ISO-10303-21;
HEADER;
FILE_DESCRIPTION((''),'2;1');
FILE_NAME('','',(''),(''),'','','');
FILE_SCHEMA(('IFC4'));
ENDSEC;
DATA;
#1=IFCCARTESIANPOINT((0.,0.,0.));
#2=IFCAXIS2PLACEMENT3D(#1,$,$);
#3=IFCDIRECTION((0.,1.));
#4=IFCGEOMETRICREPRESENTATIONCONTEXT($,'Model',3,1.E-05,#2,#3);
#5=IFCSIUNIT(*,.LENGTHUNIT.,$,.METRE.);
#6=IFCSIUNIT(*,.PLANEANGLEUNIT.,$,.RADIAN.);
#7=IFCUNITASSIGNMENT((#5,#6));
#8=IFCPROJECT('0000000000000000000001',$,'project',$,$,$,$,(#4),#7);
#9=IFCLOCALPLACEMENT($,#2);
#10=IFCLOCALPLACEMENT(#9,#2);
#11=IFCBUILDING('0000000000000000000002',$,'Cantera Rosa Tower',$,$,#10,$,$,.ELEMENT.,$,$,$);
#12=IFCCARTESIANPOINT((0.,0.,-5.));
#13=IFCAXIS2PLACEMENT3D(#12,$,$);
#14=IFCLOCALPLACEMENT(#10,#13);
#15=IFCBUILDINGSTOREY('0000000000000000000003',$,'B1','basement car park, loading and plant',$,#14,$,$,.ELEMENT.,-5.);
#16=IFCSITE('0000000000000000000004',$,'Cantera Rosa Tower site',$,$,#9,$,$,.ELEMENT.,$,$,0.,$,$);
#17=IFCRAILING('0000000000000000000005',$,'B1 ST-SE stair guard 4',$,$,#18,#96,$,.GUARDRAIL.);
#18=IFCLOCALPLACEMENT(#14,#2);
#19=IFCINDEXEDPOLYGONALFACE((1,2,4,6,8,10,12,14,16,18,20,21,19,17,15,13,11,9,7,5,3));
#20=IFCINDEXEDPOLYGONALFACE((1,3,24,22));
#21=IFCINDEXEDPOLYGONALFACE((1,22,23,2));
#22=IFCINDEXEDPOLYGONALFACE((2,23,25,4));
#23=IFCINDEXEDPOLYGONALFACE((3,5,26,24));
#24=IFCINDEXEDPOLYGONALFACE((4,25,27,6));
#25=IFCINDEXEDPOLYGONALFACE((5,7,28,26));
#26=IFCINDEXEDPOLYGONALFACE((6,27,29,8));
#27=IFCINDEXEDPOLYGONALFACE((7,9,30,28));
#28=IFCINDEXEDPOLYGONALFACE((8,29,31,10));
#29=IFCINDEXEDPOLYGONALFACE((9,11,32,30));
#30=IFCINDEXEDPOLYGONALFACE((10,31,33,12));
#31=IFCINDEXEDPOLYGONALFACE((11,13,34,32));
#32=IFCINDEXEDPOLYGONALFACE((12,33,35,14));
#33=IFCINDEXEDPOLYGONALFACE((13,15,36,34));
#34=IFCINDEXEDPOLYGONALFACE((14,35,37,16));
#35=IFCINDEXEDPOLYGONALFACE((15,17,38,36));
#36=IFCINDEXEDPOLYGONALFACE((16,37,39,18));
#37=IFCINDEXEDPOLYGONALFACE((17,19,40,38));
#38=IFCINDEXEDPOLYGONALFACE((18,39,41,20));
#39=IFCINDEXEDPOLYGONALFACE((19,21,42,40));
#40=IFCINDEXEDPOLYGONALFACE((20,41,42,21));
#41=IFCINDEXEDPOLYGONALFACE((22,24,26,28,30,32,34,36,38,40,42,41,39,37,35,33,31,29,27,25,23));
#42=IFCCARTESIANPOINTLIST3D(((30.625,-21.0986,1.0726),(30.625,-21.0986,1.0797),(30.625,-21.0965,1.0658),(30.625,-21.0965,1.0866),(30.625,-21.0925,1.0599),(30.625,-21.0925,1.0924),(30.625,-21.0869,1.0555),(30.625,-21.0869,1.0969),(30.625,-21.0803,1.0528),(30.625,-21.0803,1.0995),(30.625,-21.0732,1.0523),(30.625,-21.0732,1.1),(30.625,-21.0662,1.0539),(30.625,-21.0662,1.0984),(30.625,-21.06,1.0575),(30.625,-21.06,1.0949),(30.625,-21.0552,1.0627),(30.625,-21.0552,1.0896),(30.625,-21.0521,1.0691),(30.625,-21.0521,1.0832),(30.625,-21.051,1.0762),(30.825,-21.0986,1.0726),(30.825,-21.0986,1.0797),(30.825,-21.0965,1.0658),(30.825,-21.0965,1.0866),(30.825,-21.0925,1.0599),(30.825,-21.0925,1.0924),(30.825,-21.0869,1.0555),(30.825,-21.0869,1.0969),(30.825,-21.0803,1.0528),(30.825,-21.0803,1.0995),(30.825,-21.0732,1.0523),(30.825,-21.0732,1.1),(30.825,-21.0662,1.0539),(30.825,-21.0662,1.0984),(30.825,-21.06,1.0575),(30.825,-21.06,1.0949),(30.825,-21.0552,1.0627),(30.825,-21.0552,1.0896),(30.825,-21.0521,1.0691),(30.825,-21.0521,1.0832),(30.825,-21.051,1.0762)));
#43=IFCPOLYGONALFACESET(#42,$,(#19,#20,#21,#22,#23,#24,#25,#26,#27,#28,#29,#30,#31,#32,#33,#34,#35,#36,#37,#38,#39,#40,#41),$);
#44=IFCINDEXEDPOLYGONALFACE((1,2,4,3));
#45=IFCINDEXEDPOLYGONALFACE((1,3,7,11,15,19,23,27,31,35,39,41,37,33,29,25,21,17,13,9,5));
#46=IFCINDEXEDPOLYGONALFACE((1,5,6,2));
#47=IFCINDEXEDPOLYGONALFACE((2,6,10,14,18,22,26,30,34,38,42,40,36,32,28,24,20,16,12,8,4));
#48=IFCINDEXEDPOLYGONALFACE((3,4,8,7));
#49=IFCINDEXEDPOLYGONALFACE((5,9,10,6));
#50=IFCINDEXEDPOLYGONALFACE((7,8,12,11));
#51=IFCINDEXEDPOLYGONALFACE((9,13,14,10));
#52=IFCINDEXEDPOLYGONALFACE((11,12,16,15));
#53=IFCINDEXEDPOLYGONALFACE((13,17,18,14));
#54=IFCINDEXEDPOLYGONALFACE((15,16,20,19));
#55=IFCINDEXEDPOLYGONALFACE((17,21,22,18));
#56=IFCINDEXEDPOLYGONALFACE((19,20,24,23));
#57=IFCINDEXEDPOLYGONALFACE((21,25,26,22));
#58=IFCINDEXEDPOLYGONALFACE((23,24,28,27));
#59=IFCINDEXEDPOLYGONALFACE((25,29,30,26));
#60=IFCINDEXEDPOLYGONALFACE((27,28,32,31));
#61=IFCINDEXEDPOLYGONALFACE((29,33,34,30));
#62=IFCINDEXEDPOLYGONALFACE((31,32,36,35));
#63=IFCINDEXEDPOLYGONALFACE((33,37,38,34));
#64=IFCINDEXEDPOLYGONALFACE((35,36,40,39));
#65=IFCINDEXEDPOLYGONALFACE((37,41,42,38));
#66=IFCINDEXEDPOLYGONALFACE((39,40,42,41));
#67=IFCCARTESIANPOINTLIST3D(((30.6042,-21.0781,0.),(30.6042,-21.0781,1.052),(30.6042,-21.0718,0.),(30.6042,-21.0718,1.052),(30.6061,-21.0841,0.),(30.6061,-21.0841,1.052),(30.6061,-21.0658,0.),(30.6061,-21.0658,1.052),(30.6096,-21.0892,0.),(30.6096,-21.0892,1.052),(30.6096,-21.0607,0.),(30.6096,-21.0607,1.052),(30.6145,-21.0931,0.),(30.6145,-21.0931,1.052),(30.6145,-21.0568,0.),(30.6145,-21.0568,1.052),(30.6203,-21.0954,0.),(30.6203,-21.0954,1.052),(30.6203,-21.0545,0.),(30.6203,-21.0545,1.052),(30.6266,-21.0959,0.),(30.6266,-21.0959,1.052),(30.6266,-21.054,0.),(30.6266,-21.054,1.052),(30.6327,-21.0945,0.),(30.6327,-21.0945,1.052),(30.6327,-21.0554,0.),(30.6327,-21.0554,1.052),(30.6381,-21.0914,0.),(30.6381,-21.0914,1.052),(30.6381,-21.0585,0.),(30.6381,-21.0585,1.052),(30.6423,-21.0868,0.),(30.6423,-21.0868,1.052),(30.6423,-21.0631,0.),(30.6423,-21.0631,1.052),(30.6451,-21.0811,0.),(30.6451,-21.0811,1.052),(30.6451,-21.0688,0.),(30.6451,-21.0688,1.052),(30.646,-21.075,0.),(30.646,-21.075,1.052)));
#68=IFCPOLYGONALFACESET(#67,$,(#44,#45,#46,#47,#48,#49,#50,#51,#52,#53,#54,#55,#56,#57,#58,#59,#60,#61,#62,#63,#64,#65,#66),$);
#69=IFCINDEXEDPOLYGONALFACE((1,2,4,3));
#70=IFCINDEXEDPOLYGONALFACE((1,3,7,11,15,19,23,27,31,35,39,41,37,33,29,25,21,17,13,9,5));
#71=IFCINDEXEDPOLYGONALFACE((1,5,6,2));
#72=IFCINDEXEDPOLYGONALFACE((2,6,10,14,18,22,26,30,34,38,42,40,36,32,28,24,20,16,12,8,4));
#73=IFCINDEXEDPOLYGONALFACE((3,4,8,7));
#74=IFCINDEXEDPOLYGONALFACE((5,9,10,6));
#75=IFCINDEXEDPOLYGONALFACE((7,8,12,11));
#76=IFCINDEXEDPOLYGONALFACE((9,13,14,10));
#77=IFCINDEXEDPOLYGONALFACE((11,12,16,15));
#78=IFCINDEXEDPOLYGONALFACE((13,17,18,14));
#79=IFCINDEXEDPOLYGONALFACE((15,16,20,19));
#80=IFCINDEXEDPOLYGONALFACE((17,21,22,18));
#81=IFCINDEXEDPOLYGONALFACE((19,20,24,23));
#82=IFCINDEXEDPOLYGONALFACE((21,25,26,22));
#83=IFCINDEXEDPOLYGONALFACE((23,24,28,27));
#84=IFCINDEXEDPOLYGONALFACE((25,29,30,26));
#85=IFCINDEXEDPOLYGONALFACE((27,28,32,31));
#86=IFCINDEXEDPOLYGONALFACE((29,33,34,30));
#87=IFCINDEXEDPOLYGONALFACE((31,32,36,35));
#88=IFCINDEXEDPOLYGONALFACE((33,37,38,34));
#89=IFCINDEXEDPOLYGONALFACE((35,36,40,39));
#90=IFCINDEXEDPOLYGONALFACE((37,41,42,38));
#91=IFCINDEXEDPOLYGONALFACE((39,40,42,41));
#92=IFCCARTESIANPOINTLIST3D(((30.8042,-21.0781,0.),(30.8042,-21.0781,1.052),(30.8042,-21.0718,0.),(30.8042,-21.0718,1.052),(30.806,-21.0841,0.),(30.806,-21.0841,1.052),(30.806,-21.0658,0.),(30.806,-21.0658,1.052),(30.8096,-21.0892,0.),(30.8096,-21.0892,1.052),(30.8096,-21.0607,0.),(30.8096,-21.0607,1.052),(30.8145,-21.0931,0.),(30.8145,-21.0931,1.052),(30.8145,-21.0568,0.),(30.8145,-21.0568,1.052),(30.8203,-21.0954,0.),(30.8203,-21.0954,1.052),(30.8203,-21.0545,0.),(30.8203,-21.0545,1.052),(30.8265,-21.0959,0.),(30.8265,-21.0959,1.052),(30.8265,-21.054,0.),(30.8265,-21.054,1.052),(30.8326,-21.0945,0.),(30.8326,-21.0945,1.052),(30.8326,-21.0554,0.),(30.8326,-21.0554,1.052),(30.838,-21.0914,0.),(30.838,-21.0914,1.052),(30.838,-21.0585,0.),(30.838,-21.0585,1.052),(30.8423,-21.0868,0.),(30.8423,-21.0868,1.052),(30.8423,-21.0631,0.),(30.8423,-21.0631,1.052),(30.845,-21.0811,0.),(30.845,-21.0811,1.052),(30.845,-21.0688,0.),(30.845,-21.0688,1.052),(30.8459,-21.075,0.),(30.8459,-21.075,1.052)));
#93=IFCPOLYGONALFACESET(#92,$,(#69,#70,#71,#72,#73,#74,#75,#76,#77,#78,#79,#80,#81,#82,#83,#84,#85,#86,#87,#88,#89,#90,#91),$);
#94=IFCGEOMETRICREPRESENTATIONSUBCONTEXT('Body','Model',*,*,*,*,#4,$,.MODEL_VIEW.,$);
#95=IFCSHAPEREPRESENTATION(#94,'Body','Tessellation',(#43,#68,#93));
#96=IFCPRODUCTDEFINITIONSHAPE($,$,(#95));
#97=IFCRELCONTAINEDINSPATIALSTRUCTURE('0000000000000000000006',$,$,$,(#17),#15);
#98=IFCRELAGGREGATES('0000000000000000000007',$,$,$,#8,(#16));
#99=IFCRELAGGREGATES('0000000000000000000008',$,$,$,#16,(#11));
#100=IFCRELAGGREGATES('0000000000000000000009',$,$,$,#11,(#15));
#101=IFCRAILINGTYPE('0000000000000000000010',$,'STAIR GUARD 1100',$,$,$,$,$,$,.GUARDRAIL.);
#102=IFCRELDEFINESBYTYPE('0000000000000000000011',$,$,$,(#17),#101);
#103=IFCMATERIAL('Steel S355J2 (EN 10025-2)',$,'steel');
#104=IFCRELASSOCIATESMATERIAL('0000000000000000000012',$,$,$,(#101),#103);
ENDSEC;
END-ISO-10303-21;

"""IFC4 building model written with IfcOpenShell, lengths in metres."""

from ifc_helpers import new_model, si_unit, direction, frame, origin, origin_2d, place, context, subcontext, project, spatial, circle, extrude, material, type_object, element, save


model = new_model("IFC4")

# Units and contexts
model_context = context("Model", 3, precision=1e-05, world=origin(), true_north=direction((0.0, 1.0)))
body_context = subcontext(model_context, "Body", "Model", "MODEL_VIEW")
ifc_project = project(units=[si_unit("LENGTHUNIT", "METRE"), si_unit("PLANEANGLEUNIT", "RADIAN")], contexts=[model_context])

# Site, building, storey
site_placement = place(None, origin())
site = spatial("IfcSite", under=ifc_project, at=site_placement, Name="Cantera Rosa Tower site", CompositionType="ELEMENT", RefElevation=0.0)
building_placement = place(site_placement, origin())
building = spatial("IfcBuilding", under=site, at=building_placement, Name="Cantera Rosa Tower", CompositionType="ELEMENT")
storey_placement = place(building_placement, frame((0.0, 0.0, -5.0)))
storey = spatial("IfcBuildingStorey", under=building, at=storey_placement, Name="B1", Description="basement car park, loading and plant", CompositionType="ELEMENT", Elevation=-5.0)

# Railing
ifc_material_1 = material(Name="Steel S355J2 (EN 10025-2)", Category="steel")
railing_type_1 = type_object("IfcRailingType", Name="STAIR GUARD 1100", PredefinedType="GUARDRAIL", material=ifc_material_1)
railing_1_placement = place(storey_placement, frame((30.625, -21.075, 0.0)))
element("IfcRailing", 1, at=railing_1_placement, inside=storey, type_object=railing_type_1, Name="B1 ST-SE stair guard 4", PredefinedType="GUARDRAIL", context=body_context, shape_type="SweptSolid", body=[
    extrude(circle(Radius=0.0239, at=origin_2d()), frame((0.0, 0.0, 1.0762), z_axis=(1.0, 0.0, 0.0), x_axis=(0.0, 1.0, 0.0)), (0.0, 0.0, 1.0), 0.2),
    extrude(circle(Radius=0.021, at=origin_2d()), origin(), (0.0, 0.0, 1.0), 1.052),
    extrude(circle(Radius=0.021, at=origin_2d()), frame((0.2, 0.0, 0.0)), (0.0, 0.0, 1.0), 1.052),
])

save(model, "model.ifc")
